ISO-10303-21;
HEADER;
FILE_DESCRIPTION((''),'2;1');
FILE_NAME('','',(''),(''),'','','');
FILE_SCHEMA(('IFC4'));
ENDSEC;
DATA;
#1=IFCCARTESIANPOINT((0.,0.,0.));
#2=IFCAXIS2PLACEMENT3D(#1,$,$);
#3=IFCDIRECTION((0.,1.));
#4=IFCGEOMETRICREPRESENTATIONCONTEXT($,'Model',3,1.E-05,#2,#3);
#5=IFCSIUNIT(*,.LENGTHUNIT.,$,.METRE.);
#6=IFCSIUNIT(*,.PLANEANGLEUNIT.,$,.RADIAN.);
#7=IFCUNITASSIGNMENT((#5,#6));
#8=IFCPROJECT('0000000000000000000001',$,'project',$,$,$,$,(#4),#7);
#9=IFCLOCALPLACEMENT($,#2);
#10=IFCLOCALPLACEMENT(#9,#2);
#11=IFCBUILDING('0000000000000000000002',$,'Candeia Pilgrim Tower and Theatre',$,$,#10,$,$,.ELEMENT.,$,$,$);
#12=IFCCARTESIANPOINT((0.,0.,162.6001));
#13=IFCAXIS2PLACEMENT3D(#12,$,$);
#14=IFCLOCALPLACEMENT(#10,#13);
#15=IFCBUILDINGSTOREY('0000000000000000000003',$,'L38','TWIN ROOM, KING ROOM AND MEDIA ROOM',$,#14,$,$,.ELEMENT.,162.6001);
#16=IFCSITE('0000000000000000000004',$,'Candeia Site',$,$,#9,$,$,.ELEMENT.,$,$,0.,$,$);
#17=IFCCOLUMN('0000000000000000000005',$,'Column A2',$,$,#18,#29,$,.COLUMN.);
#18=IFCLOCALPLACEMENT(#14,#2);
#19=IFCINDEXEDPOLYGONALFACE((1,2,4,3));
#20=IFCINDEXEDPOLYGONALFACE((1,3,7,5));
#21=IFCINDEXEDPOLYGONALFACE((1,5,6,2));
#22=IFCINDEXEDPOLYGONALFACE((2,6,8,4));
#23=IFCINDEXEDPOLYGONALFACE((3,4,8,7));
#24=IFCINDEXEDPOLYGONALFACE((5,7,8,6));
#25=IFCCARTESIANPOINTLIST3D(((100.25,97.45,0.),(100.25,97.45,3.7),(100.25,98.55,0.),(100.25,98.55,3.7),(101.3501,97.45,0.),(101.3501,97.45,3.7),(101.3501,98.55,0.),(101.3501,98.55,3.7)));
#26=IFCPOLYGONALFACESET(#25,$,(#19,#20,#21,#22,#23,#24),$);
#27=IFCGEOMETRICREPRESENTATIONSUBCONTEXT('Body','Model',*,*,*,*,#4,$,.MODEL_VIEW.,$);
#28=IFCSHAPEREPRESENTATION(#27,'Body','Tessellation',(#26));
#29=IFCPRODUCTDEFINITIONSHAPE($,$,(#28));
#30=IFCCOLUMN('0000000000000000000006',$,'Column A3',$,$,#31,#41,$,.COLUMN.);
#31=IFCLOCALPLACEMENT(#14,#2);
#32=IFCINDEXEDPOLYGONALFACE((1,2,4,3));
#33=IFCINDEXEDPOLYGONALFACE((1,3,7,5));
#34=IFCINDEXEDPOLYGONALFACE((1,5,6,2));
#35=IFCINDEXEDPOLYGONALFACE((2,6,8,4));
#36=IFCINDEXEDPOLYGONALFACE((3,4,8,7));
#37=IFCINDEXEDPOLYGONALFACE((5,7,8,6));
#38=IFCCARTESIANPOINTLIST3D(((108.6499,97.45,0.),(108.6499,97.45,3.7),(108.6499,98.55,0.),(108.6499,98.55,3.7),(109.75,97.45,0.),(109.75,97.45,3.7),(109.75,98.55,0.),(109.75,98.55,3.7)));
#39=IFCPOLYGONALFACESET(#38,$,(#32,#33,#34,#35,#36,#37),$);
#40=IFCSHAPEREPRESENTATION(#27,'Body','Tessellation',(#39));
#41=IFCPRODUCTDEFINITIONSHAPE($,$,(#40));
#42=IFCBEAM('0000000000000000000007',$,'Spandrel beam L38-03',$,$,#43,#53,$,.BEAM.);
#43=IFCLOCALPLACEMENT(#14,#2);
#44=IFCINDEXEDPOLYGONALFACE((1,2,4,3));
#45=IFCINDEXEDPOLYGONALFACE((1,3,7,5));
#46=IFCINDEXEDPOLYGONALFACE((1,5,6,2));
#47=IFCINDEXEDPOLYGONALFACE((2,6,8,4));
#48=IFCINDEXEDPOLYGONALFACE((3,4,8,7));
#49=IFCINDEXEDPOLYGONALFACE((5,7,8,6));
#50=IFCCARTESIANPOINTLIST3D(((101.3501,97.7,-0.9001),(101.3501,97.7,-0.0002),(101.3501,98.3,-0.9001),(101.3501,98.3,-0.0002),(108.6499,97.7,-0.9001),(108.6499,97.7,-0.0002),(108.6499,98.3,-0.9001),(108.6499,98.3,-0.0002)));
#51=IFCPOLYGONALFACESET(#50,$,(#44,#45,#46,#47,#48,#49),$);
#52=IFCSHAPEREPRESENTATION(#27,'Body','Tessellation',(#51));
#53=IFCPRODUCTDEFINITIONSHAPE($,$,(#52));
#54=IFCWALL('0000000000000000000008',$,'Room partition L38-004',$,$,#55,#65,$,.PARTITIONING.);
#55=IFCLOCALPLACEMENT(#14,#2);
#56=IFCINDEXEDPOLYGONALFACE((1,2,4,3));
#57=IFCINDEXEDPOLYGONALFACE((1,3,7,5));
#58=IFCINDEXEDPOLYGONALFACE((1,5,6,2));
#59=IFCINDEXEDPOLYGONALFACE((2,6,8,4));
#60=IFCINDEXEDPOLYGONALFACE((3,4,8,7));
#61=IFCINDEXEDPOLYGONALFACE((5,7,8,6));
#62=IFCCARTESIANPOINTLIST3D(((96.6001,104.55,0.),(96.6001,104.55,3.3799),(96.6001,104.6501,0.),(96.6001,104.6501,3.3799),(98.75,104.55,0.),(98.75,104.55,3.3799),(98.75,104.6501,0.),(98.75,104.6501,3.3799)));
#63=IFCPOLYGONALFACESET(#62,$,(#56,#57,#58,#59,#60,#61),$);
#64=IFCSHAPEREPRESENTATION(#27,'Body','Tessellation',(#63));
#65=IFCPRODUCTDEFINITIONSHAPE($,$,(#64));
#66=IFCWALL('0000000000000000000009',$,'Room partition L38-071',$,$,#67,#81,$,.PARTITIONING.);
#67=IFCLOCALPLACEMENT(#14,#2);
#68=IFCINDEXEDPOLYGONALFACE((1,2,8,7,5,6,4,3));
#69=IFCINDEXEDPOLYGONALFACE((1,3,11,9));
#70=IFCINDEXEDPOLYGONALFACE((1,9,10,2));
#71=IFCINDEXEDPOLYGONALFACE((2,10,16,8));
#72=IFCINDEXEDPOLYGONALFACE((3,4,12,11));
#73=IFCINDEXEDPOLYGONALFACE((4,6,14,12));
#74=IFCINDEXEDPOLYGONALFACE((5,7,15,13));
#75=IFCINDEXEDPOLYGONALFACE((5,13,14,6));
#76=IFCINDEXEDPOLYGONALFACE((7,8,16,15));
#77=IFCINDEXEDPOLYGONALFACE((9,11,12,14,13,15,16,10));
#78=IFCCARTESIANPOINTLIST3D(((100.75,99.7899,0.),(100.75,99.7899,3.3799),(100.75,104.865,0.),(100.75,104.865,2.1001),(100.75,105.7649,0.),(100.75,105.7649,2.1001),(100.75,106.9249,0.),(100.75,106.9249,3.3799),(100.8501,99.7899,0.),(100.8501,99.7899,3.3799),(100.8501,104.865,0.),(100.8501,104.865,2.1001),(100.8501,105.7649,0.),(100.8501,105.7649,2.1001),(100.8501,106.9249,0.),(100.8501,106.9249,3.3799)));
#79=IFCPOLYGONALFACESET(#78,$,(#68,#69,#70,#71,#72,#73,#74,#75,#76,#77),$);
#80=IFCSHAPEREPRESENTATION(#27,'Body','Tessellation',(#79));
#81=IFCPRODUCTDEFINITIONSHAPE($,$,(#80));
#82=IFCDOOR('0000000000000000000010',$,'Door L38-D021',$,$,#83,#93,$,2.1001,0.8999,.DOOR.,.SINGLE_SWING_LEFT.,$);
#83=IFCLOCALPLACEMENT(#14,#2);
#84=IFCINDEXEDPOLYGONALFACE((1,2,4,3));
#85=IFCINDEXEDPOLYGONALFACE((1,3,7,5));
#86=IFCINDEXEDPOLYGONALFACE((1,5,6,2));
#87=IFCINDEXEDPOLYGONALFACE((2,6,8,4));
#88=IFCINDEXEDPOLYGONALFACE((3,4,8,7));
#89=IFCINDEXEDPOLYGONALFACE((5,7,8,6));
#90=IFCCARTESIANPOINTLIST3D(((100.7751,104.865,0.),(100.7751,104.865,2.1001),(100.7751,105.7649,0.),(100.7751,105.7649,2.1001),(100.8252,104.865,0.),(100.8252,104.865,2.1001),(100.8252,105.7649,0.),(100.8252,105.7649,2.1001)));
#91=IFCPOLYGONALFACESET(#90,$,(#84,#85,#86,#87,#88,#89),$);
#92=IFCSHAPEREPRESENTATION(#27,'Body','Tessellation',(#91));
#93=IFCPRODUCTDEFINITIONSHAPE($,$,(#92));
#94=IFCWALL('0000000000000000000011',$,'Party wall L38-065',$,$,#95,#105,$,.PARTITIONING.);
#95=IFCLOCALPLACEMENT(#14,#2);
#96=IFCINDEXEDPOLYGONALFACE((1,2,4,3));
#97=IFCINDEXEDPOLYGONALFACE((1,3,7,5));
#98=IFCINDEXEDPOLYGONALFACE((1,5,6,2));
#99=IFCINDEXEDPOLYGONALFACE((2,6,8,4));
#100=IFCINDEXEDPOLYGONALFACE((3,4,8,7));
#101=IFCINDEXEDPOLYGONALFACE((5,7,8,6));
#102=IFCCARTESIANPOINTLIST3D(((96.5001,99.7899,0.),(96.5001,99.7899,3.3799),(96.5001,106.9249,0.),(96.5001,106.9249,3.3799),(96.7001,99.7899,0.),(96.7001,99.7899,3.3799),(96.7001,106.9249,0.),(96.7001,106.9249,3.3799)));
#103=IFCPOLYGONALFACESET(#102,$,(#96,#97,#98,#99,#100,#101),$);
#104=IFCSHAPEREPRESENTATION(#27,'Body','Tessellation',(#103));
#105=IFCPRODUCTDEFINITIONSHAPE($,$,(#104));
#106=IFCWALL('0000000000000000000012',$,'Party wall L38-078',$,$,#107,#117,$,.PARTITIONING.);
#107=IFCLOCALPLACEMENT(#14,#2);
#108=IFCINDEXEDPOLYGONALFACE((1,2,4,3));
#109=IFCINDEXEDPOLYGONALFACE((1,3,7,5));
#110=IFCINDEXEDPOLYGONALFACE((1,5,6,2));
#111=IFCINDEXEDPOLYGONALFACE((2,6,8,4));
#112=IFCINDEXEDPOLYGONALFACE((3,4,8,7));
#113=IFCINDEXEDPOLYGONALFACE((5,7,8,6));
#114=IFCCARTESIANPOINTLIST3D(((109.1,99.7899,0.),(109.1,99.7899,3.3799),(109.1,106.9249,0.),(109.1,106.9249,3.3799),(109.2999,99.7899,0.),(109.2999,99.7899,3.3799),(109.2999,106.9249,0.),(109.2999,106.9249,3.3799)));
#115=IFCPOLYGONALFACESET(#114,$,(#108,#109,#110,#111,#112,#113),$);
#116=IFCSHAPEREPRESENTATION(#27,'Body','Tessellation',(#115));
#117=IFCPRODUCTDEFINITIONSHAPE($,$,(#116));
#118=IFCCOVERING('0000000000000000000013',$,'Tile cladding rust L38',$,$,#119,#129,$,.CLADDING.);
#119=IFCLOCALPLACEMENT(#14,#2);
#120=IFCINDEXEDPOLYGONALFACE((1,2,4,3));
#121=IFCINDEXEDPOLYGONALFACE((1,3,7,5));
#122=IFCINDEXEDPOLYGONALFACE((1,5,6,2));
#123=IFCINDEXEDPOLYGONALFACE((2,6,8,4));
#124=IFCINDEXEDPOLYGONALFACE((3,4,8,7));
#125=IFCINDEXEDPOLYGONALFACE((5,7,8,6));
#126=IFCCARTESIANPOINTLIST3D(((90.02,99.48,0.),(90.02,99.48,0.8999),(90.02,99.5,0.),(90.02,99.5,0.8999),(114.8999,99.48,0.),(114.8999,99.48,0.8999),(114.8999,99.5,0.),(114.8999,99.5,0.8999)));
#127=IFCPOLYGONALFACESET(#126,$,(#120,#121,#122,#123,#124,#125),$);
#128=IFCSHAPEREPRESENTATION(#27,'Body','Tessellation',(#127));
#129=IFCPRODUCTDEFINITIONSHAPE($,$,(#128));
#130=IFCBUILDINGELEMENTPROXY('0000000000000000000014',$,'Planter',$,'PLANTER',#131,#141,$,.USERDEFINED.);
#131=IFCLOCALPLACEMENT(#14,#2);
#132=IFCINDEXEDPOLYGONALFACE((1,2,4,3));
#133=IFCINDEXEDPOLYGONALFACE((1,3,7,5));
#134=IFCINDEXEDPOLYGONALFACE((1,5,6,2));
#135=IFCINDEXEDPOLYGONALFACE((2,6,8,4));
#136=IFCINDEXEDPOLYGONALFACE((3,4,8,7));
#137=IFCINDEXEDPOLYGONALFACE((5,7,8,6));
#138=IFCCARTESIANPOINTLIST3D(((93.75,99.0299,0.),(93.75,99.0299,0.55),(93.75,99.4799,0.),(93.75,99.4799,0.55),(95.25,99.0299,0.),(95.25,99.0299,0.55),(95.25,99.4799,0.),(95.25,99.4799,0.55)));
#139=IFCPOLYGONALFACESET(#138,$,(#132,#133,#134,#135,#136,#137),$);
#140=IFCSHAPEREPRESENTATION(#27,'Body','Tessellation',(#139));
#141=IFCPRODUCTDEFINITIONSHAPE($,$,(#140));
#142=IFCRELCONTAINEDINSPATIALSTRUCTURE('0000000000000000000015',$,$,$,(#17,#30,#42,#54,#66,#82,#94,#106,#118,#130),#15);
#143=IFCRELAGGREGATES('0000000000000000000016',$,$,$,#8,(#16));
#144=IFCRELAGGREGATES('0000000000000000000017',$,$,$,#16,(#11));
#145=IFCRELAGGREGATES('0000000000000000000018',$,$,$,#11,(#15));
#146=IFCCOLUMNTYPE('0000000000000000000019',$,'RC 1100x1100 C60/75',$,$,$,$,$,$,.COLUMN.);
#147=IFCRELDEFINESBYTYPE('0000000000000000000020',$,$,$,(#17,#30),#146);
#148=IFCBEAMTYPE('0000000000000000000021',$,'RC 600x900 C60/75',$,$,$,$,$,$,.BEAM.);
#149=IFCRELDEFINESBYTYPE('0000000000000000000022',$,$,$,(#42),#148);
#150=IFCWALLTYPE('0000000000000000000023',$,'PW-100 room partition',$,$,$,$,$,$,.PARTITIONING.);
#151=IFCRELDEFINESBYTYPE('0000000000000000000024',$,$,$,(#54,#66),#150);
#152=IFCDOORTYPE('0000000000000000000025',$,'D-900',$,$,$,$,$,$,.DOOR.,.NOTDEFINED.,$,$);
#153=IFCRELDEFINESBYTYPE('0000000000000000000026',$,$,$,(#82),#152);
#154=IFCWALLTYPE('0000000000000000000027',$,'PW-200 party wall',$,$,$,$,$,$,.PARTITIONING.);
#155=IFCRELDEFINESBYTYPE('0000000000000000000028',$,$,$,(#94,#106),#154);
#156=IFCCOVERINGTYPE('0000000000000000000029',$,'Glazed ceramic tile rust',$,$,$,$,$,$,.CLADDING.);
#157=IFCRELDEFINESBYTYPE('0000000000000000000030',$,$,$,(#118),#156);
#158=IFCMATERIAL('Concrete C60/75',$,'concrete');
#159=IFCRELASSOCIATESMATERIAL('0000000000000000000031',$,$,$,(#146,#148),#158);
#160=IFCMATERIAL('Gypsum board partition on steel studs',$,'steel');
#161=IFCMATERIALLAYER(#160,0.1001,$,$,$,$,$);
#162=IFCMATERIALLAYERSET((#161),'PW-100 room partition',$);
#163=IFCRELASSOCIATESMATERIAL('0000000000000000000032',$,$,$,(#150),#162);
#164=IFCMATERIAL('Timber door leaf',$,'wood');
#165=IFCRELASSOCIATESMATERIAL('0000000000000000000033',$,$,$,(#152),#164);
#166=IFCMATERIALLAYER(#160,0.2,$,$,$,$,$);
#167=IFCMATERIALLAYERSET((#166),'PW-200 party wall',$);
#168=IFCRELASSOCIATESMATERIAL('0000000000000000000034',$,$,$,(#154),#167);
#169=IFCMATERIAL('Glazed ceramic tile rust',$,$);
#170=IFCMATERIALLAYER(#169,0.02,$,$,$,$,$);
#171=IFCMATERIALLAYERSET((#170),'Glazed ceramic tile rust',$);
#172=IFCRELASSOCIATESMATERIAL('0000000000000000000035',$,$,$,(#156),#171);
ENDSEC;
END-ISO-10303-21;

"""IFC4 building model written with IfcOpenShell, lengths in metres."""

from ifc_helpers import new_model, si_unit, direction, frame, frame_2d, origin, origin_2d, place, context, subcontext, project, spatial, rectangle, extrude, material, layer, layer_set, material_profile, profile_set, type_object, element, fill, save


model = new_model("IFC4")

# Units and contexts
model_context = context("Model", 3, precision=1e-05, world=origin(), true_north=direction((0.0, 1.0)))
body_context = subcontext(model_context, "Body", "Model", "MODEL_VIEW")
ifc_project = project(units=[si_unit("LENGTHUNIT", "METRE"), si_unit("PLANEANGLEUNIT", "RADIAN")], contexts=[model_context])

# Site, building, storey
site_placement = place(None, origin())
site = spatial("IfcSite", under=ifc_project, at=site_placement, Name="Candeia Site", CompositionType="ELEMENT", RefElevation=0.0)
building_placement = place(site_placement, origin())
building = spatial("IfcBuilding", under=site, at=building_placement, Name="Candeia Pilgrim Tower and Theatre", CompositionType="ELEMENT")
storey_placement = place(building_placement, frame((0.0, 0.0, 162.6001)))
storey = spatial("IfcBuildingStorey", under=building, at=storey_placement, Name="L38", Description="TWIN ROOM, KING ROOM AND MEDIA ROOM", CompositionType="ELEMENT", Elevation=162.6001)

# Columns
ifc_material_1 = material(Name="Concrete C60/75", Category="concrete")
ifc_material_profile_1 = material_profile(ifc_material_1, rectangle(XDim=1.1001, YDim=1.1001, at=origin_2d()))
ifc_profile_set_1 = profile_set([ifc_material_profile_1], Name="Concrete C60/75")
column_type = type_object("IfcColumnType", Name="RC 1100x1100 C60/75", PredefinedType="COLUMN", material=ifc_profile_set_1)
for number, where, z_axis, x_axis, name in (
    (1, (100.8, 98.0, 0.0), (0.0, 0.0, 1.0), (1.0, 0.0, 0.0), "Column A2"),
    (2, (109.2, 98.0, 0.0), (0.0, 0.0, 1.0), (1.0, 0.0, 0.0), "Column A3"),
):
    element("IfcColumn", number, at=place(storey_placement, frame(where, z_axis=z_axis, x_axis=x_axis)), inside=storey, type_object=column_type, Name=name, PredefinedType="COLUMN", context=body_context, shape_type="SweptSolid", body=[
        extrude(rectangle(XDim=1.1001, YDim=1.1001, at=origin_2d()), origin(), (0.0, 0.0, 1.0), 3.7),
    ])

# Beam
ifc_material_profile_2 = material_profile(ifc_material_1, rectangle(XDim=0.6001, YDim=0.8999, at=origin_2d()))
ifc_profile_set_2 = profile_set([ifc_material_profile_2], Name="Concrete C60/75")
beam_type = type_object("IfcBeamType", Name="RC 600x900 C60/75", PredefinedType="BEAM", material=ifc_profile_set_2)
beam_placement = place(storey_placement, frame((101.3501, 98.0, -0.4502), z_axis=(1.0, 0.0, 0.0), x_axis=(0.0, 1.0, 0.0)))
element("IfcBeam", 3, at=beam_placement, inside=storey, type_object=beam_type, Name="Spandrel beam L38-03", PredefinedType="BEAM", context=body_context, shape_type="SweptSolid", body=[
    extrude(rectangle(XDim=0.6001, YDim=0.8999, at=origin_2d()), origin(), (0.0, 0.0, 1.0), 7.2998),
])

# Wall
ifc_material_2 = material(Name="Gypsum board partition on steel studs", Category="steel")
ifc_layer_1 = layer(ifc_material_2, 0.1001)
ifc_layer_set_1 = layer_set([ifc_layer_1], Name="PW-100 room partition")
wall_type_1 = type_object("IfcWallType", Name="PW-100 room partition", PredefinedType="PARTITIONING", material=ifc_layer_set_1)
wall_1_placement = place(storey_placement, frame((96.6001, 104.6001, 0.0), z_axis=(0.0, 0.0, 1.0), x_axis=(1.0, 0.0, 0.0)))
element("IfcWall", 4, at=wall_1_placement, inside=storey, type_object=wall_type_1, Name="Room partition L38-004", PredefinedType="PARTITIONING", context=body_context, shape_type="SweptSolid", body=[
    extrude(rectangle(XDim=2.1499, YDim=0.1001, at=frame_2d((1.075, 0.0))), origin(), (0.0, 0.0, 1.0), 3.3799),
])

# Wall, opening, door
wall_2_placement = place(storey_placement, frame((100.8, 99.79, 0.0), z_axis=(0.0, 0.0, 1.0), x_axis=(0.0, 1.0, 0.0)))
wall_2 = element("IfcWall", 5, at=wall_2_placement, inside=storey, type_object=wall_type_1, Name="Room partition L38-071", PredefinedType="PARTITIONING", context=body_context, shape_type="SweptSolid", body=[
    extrude(rectangle(XDim=7.135, YDim=0.1001, at=frame_2d((3.5674, 0.0))), origin(), (0.0, 0.0, 1.0), 3.3799),
])
opening_placement = place(wall_2_placement, frame((5.075, 0.0, 0.0)))
opening = element("IfcOpeningElement", 6, at=opening_placement, cuts=wall_2, PredefinedType="OPENING", context=body_context, shape_type="SweptSolid", body=[
    extrude(rectangle(XDim=0.8999, YDim=2.1001, at=frame_2d((0.45, 1.05))), frame((0.0, 0.0601, 0.0), z_axis=(0.0, -1.0, 0.0), x_axis=(1.0, 0.0, 0.0)), (0.0, 0.0, 1.0), 0.1201),
])
ifc_material_3 = material(Name="Timber door leaf", Category="wood")
door_type = type_object("IfcDoorType", Name="D-900", OperationType="NOTDEFINED", PredefinedType="DOOR", material=ifc_material_3)
door_placement = place(opening_placement, origin())
door = element("IfcDoor", 7, at=door_placement, inside=storey, type_object=door_type, Name="Door L38-D021", OperationType="SINGLE_SWING_LEFT", OverallHeight=2.1001, OverallWidth=0.8999, PredefinedType="DOOR", context=body_context, shape_type="SweptSolid", body=[
    extrude(rectangle(XDim=0.8999, YDim=2.1001, at=frame_2d((0.45, 1.05))), frame((0.0, 0.0249, 0.0), z_axis=(0.0, -1.0, 0.0), x_axis=(1.0, 0.0, 0.0)), (0.0, 0.0, 1.0), 0.05),
])
fill(opening, door)

# Walls
ifc_layer_2 = layer(ifc_material_2, 0.2)
ifc_layer_set_2 = layer_set([ifc_layer_2], Name="PW-200 party wall")
wall_type_2 = type_object("IfcWallType", Name="PW-200 party wall", PredefinedType="PARTITIONING", material=ifc_layer_set_2)
for number, where, z_axis, x_axis, name in (
    (8, (96.6001, 99.79, 0.0), (0.0, 0.0, 1.0), (0.0, 1.0, 0.0), "Party wall L38-065"),
    (9, (109.2, 99.79, 0.0), (0.0, 0.0, 1.0), (0.0, 1.0, 0.0), "Party wall L38-078"),
):
    element("IfcWall", number, at=place(storey_placement, frame(where, z_axis=z_axis, x_axis=x_axis)), inside=storey, type_object=wall_type_2, Name=name, PredefinedType="PARTITIONING", context=body_context, shape_type="SweptSolid", body=[
        extrude(rectangle(XDim=7.135, YDim=0.2, at=frame_2d((3.5674, 0.0))), origin(), (0.0, 0.0, 1.0), 3.3799),
    ])

# Covering
ifc_material_4 = material(Name="Glazed ceramic tile rust")
ifc_layer_3 = layer(ifc_material_4, 0.02)
ifc_layer_set_3 = layer_set([ifc_layer_3], Name="Glazed ceramic tile rust")
covering_type = type_object("IfcCoveringType", Name="Glazed ceramic tile rust", PredefinedType="CLADDING", material=ifc_layer_set_3)
covering_placement = place(storey_placement, frame((102.46, 99.49, 0.0), z_axis=(0.0, 0.0, 1.0), x_axis=(1.0, 0.0, 0.0)))
element("IfcCovering", 10, at=covering_placement, inside=storey, type_object=covering_type, Name="Tile cladding rust L38", PredefinedType="CLADDING", context=body_context, shape_type="SweptSolid", body=[
    extrude(rectangle(XDim=24.8799, YDim=0.02, at=origin_2d()), origin(), (0.0, 0.0, 1.0), 0.8999),
])

# Building element proxy
proxy_placement = place(storey_placement, frame((94.5, 99.2549, 0.0), z_axis=(0.0, 0.0, 1.0), x_axis=(1.0, 0.0, 0.0)))
element("IfcBuildingElementProxy", 11, at=proxy_placement, inside=storey, Name="Planter", ObjectType="PLANTER", PredefinedType="USERDEFINED", context=body_context, shape_type="SweptSolid", body=[
    extrude(rectangle(XDim=1.5, YDim=0.45, at=origin_2d()), origin(), (0.0, 0.0, 1.0), 0.55),
])

save(model, "model.ifc")
